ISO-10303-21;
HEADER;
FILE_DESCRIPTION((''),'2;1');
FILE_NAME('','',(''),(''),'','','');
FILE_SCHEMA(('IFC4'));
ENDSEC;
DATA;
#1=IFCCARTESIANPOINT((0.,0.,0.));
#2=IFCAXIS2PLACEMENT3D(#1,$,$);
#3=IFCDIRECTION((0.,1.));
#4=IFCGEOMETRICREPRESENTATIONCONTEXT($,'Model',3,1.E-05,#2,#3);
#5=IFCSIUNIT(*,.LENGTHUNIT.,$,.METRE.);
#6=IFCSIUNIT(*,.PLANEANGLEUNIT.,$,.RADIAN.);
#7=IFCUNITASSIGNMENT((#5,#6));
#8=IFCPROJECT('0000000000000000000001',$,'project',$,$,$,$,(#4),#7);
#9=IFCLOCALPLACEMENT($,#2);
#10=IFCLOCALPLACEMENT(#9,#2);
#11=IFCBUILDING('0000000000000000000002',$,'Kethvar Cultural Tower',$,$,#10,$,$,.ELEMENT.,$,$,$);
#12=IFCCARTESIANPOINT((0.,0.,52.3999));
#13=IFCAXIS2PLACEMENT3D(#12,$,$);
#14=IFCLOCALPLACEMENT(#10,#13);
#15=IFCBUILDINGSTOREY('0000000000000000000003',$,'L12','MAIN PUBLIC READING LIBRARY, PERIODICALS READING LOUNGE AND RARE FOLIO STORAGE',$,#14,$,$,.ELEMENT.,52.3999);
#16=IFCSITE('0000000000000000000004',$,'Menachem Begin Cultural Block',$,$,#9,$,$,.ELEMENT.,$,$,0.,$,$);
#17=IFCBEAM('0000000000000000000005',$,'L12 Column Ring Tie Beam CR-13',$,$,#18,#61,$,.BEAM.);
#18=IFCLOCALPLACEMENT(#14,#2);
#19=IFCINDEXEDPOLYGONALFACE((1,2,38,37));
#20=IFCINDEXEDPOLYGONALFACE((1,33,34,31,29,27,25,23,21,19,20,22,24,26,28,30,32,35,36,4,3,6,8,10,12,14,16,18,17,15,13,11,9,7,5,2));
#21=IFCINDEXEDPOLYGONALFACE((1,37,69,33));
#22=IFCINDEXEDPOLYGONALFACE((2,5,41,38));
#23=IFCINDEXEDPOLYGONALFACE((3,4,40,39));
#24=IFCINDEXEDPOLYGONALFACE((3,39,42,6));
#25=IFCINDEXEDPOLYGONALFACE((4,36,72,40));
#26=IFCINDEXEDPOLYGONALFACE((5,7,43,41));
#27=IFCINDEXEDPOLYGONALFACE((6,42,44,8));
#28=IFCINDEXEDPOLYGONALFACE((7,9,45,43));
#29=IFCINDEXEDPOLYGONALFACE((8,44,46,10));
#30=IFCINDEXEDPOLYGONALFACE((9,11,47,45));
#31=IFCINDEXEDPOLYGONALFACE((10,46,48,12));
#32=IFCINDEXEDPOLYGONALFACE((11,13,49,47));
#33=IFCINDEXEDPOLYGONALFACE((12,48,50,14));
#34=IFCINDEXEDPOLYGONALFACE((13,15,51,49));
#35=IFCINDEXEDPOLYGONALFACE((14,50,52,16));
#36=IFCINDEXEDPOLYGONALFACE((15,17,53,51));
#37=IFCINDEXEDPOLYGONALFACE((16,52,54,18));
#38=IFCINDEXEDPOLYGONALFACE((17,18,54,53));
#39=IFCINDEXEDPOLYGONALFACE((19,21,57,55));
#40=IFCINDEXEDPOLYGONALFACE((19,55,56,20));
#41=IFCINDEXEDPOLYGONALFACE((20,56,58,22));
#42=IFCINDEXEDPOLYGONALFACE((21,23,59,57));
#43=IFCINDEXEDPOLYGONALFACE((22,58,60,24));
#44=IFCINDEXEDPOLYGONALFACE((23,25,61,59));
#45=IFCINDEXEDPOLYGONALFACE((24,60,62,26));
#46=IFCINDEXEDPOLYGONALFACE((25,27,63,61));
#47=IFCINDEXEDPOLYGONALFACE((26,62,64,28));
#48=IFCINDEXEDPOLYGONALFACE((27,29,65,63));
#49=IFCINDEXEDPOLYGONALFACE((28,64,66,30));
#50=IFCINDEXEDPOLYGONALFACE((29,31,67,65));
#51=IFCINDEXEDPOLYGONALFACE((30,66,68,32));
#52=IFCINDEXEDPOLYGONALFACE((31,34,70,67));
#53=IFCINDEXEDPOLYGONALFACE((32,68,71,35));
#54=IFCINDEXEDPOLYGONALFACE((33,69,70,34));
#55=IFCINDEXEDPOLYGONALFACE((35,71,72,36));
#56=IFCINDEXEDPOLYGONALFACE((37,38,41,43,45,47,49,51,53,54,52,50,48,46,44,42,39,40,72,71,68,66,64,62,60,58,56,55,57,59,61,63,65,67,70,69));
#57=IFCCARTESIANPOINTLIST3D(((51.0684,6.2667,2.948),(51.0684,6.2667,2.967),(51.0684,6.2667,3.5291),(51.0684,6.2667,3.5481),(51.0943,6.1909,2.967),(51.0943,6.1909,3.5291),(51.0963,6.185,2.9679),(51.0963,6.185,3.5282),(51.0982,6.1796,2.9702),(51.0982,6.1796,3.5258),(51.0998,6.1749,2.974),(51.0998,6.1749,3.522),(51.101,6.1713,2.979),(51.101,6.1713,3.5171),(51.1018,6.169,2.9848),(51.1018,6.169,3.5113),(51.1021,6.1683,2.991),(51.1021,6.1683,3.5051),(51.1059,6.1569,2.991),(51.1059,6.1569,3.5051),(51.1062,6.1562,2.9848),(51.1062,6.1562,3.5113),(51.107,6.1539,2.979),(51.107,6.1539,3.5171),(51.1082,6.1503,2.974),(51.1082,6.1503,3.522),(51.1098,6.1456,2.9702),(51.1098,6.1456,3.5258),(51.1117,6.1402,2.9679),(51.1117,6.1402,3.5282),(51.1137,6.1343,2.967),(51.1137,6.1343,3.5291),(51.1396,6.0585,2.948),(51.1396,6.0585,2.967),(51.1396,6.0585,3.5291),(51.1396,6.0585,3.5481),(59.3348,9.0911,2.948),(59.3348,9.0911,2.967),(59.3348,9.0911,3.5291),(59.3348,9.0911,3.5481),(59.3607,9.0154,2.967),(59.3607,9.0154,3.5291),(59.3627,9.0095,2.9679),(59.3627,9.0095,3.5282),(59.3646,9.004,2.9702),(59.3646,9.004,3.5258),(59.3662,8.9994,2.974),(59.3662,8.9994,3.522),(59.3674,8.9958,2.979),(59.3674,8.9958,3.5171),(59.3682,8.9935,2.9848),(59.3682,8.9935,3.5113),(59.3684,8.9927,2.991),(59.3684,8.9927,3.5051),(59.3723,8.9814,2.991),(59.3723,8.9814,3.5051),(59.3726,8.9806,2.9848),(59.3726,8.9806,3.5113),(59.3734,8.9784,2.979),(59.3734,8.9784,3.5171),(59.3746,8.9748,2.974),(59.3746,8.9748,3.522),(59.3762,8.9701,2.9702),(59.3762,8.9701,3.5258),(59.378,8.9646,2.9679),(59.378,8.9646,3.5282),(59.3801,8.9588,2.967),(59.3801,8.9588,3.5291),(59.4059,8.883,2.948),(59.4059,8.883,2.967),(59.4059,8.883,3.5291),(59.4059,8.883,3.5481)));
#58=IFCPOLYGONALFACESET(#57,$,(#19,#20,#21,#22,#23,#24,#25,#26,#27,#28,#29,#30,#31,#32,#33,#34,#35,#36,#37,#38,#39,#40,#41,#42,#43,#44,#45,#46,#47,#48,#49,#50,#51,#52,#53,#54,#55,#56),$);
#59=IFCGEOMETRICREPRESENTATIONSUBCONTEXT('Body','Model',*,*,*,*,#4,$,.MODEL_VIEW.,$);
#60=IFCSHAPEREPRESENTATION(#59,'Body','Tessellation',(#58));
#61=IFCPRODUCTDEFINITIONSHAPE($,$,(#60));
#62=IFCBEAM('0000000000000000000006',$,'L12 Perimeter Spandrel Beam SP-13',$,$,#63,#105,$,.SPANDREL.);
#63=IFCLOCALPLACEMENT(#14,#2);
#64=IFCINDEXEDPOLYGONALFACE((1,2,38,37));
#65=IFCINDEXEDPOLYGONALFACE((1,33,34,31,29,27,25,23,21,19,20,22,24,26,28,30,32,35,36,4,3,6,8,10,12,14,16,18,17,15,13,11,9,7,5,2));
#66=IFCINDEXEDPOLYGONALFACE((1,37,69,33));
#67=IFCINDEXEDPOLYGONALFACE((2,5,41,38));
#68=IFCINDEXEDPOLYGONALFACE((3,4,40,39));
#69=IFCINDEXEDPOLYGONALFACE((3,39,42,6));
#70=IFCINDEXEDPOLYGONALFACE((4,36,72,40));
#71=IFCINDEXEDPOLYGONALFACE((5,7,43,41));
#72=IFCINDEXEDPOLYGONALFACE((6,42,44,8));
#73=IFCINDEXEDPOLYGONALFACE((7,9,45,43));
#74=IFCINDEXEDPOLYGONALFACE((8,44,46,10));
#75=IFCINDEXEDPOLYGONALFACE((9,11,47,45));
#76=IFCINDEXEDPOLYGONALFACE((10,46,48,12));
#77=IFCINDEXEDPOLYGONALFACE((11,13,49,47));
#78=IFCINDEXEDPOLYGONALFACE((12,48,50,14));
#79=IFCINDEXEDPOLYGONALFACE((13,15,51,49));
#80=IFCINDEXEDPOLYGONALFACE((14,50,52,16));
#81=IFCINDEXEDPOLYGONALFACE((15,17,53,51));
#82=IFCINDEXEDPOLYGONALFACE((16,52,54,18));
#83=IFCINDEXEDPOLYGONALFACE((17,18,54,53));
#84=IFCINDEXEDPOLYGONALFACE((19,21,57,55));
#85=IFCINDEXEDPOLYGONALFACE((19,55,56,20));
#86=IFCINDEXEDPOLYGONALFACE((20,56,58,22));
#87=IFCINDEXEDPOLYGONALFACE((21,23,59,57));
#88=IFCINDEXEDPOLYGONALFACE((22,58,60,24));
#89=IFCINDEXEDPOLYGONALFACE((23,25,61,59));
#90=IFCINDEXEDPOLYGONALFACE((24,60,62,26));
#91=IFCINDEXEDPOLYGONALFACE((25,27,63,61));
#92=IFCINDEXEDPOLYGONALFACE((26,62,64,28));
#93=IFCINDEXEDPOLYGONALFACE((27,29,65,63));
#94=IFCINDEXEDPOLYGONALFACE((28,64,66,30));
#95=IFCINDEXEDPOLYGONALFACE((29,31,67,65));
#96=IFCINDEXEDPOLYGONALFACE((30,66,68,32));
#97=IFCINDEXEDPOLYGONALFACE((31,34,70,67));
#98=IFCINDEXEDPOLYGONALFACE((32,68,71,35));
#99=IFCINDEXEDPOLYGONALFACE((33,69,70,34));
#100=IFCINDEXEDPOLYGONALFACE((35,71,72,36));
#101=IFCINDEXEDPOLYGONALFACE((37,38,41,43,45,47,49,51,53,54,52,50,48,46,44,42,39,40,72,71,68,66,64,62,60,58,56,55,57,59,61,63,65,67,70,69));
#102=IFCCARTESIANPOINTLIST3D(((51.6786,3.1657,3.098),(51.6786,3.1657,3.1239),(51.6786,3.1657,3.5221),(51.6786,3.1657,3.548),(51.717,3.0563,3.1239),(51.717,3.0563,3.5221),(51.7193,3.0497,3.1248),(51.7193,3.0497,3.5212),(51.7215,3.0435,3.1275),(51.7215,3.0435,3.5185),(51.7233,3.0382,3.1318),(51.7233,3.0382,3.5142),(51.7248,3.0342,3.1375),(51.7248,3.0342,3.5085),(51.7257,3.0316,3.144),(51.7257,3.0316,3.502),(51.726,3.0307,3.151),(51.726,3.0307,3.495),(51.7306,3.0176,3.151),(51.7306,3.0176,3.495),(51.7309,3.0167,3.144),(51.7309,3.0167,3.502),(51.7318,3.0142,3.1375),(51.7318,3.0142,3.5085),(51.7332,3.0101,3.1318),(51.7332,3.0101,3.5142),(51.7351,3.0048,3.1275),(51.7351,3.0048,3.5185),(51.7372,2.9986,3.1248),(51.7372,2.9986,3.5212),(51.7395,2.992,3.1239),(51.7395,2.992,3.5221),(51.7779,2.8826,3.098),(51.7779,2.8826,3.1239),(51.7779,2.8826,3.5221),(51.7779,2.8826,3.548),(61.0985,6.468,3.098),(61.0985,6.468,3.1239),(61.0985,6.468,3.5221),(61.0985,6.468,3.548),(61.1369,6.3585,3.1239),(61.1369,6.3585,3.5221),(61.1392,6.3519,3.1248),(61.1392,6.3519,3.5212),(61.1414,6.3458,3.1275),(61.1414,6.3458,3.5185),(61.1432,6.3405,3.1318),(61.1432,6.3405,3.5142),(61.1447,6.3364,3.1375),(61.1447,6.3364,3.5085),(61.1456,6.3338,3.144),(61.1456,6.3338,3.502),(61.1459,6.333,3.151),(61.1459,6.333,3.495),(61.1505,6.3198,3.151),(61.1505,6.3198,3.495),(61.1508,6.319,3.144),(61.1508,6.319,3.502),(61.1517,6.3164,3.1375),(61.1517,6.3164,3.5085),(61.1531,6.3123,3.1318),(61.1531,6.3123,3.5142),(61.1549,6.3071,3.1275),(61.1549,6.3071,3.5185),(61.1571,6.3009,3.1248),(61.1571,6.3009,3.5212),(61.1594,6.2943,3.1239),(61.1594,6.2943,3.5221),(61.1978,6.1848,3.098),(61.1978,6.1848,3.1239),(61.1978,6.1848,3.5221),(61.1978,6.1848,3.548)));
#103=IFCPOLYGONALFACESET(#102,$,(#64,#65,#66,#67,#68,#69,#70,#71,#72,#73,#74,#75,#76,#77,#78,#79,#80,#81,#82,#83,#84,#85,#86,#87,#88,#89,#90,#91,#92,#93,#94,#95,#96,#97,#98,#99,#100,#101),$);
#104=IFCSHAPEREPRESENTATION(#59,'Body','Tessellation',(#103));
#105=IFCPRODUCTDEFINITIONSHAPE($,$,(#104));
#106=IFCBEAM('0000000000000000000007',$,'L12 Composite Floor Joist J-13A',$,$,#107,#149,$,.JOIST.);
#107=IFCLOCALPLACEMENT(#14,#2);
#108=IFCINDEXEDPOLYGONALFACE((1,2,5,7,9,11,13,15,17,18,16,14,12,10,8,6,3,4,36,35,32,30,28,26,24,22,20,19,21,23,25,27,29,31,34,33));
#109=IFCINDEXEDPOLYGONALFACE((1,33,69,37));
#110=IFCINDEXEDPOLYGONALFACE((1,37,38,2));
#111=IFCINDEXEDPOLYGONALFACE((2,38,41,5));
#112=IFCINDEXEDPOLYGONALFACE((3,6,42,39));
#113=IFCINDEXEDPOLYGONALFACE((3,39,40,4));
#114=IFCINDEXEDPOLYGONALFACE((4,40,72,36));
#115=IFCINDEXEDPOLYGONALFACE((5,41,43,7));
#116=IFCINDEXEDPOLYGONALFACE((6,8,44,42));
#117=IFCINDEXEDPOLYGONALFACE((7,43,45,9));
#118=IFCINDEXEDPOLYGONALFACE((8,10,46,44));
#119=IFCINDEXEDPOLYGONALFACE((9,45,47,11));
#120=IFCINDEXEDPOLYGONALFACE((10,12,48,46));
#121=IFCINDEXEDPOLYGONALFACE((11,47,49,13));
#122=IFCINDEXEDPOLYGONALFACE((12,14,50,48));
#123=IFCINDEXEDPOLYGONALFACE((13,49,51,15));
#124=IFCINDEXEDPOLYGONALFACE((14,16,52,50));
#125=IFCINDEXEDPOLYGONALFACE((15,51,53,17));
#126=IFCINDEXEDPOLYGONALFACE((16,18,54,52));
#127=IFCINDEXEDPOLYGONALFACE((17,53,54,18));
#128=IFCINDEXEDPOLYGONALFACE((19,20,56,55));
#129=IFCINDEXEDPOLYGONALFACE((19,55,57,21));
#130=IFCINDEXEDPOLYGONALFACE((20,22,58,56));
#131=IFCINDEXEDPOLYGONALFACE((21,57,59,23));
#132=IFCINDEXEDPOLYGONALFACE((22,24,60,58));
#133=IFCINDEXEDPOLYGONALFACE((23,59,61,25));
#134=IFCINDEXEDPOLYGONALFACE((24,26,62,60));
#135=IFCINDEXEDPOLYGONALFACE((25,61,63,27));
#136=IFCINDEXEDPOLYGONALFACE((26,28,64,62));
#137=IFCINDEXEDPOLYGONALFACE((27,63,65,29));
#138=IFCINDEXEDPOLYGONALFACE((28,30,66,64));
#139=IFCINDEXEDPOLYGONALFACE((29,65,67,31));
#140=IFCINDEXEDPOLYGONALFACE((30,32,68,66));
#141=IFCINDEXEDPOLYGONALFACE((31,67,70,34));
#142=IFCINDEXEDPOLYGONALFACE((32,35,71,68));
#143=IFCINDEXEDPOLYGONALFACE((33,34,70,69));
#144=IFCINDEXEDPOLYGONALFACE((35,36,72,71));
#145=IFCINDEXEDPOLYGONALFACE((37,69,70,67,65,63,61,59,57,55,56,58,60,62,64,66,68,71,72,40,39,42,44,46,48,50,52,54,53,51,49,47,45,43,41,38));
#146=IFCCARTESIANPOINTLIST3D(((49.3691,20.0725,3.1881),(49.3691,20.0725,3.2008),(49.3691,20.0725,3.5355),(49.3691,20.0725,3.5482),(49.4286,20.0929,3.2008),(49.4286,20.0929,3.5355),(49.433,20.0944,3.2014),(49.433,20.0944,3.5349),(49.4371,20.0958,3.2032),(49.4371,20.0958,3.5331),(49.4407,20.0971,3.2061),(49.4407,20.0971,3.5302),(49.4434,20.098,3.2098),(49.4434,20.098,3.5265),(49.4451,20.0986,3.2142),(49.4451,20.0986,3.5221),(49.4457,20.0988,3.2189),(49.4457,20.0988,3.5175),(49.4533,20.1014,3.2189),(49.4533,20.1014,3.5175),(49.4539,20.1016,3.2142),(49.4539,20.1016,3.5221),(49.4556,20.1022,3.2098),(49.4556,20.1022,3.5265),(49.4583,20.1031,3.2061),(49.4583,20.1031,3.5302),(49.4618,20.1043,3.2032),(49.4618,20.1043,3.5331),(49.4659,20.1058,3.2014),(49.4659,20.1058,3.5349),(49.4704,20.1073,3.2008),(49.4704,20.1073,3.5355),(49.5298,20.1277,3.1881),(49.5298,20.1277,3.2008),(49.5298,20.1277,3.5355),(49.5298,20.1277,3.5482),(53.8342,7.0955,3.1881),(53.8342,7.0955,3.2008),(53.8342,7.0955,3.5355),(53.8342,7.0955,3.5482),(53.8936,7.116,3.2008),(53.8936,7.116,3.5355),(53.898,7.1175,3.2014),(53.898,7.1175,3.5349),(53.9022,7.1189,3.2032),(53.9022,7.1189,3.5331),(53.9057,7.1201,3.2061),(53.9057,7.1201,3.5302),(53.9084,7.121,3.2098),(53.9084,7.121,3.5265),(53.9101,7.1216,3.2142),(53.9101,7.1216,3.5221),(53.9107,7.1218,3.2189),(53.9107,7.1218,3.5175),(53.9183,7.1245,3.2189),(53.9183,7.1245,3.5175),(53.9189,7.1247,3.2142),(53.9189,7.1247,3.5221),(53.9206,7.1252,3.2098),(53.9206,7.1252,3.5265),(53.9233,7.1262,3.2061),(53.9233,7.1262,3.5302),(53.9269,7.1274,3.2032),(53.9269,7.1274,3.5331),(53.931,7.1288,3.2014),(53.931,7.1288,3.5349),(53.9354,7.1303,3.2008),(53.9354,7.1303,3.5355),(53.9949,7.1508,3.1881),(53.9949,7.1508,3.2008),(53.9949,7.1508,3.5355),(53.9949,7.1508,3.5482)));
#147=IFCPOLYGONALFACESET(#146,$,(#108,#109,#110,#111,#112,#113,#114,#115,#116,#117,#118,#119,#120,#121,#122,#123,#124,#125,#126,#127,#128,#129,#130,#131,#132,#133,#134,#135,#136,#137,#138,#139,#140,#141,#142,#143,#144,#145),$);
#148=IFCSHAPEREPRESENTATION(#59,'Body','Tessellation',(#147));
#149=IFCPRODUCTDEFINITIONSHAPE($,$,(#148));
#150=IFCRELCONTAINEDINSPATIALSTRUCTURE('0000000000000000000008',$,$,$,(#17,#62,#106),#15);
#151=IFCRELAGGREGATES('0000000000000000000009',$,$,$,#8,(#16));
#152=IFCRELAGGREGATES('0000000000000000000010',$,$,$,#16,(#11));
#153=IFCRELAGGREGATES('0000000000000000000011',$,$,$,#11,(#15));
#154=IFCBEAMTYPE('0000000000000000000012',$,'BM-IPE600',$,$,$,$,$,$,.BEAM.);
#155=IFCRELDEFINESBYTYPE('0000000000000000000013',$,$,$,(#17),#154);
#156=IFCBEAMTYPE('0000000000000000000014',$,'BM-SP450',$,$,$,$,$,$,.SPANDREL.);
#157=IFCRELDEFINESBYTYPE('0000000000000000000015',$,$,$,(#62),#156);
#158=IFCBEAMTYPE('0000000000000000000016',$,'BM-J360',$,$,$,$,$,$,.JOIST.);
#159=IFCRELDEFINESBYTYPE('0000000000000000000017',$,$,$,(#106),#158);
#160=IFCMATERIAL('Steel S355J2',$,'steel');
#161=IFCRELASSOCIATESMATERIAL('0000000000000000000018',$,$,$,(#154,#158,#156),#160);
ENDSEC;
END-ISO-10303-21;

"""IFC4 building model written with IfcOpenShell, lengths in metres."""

from ifc_helpers import new_model, si_unit, direction, frame, origin, origin_2d, place, context, subcontext, project, spatial, i_section, extrude, source, transform, mapped, material, material_profile, profile_set, type_object, element, save


model = new_model("IFC4")

# Units and contexts
model_context = context("Model", 3, precision=1e-05, world=origin(), true_north=direction((0.0, 1.0)))
body_context = subcontext(model_context, "Body", "Model", "MODEL_VIEW")
ifc_project = project(units=[si_unit("LENGTHUNIT", "METRE"), si_unit("PLANEANGLEUNIT", "RADIAN")], contexts=[model_context])

# Site, building, storey
site_placement = place(None, origin())
site = spatial("IfcSite", under=ifc_project, at=site_placement, Name="Menachem Begin Cultural Block", CompositionType="ELEMENT", RefElevation=0.0)
building_placement = place(site_placement, origin())
building = spatial("IfcBuilding", under=site, at=building_placement, Name="Kethvar Cultural Tower", CompositionType="ELEMENT")
storey_placement = place(building_placement, frame((0.0, 0.0, 52.3999)))
storey = spatial("IfcBuildingStorey", under=building, at=storey_placement, Name="L12", Description="MAIN PUBLIC READING LIBRARY, PERIODICALS READING LOUNGE AND RARE FOLIO STORAGE", CompositionType="ELEMENT", Elevation=52.3999)

# Beams
ifc_material_1 = material(Name="Steel S355J2", Category="steel")
ifc_material_profile_1 = material_profile(ifc_material_1, i_section(OverallWidth=0.22, OverallDepth=0.6001, WebThickness=0.012, FlangeThickness=0.019, FilletRadius=0.0239, at=origin_2d()), Name="Steel S355J2 — IPE600")
ifc_profile_set_1 = profile_set([ifc_material_profile_1], Name="Steel S355J2 — IPE600")
beam_type_1 = type_object("IfcBeamType", Name="BM-IPE600", PredefinedType="BEAM", material=ifc_profile_set_1)
ifc_material_profile_2 = material_profile(ifc_material_1, i_section(OverallWidth=0.1699, OverallDepth=0.3601, WebThickness=0.0081, FlangeThickness=0.0127, FilletRadius=0.0181, at=origin_2d()), Name="Steel S355J2 — IPE360")
ifc_profile_set_2 = profile_set([ifc_material_profile_2], Name="Steel S355J2 — IPE360")
beam_type_2 = type_object("IfcBeamType", Name="BM-J360", PredefinedType="JOIST", material=ifc_profile_set_2)
shared_shape_1 = source(origin(), body_context, "Body", "SweptSolid", [
    extrude(i_section(OverallWidth=0.22, OverallDepth=0.6001, WebThickness=0.012, FlangeThickness=0.019, FilletRadius=0.0239, at=origin_2d()), origin(), (0.0, 0.0, 1.0), 8.7356),
])
beam_1_placement = place(storey_placement, frame((51.104, 6.1626, 3.248), z_axis=(0.946287, 0.323329, 0.0), x_axis=(-0.323329, 0.946287, 0.0)))
element("IfcBeam", 1, at=beam_1_placement, inside=storey, type_object=beam_type_1, Name="L12 Column Ring Tie Beam CR-13", PredefinedType="BEAM", context=body_context, shape_type="MappedRepresentation", body=[
    mapped(shared_shape_1, transform((0.0, 0.0, 0.0), scale=1.0)),
])
ifc_material_profile_3 = material_profile(ifc_material_1, i_section(OverallWidth=0.3, OverallDepth=0.45, WebThickness=0.0139, FlangeThickness=0.0259, FilletRadius=0.0271, at=origin_2d()), Name="Steel S355J2 — HEB450")
ifc_profile_set_3 = profile_set([ifc_material_profile_3], Name="Steel S355J2 — HEB450")
beam_type_3 = type_object("IfcBeamType", Name="BM-SP450", PredefinedType="SPANDREL", material=ifc_profile_set_3)
shared_shape_2 = source(origin(), body_context, "Body", "SweptSolid", [
    extrude(i_section(OverallWidth=0.3, OverallDepth=0.45, WebThickness=0.0139, FlangeThickness=0.0259, FilletRadius=0.0271, at=origin_2d()), origin(), (0.0, 0.0, 1.0), 9.9819),
])
beam_2_placement = place(storey_placement, frame((51.7283, 3.0242, 3.323), z_axis=(0.943694, 0.330821, 0.0), x_axis=(-0.330821, 0.943694, 0.0)))
element("IfcBeam", 2, at=beam_2_placement, inside=storey, type_object=beam_type_3, Name="L12 Perimeter Spandrel Beam SP-13", PredefinedType="SPANDREL", context=body_context, shape_type="MappedRepresentation", body=[
    mapped(shared_shape_2, transform((0.0, 0.0, 0.0), scale=1.0)),
])
shared_shape_3 = source(origin(), body_context, "Body", "SweptSolid", [
    extrude(i_section(OverallWidth=0.1699, OverallDepth=0.3601, WebThickness=0.0081, FlangeThickness=0.0127, FilletRadius=0.0181, at=origin_2d()), origin(), (0.0, 0.0, 1.0), 13.7236),
])
beam_3_placement = place(storey_placement, frame((49.4495, 20.1001, 3.3682), z_axis=(0.325355, -0.945592, 0.0), x_axis=(0.945592, 0.325355, 0.0)))
element("IfcBeam", 3, at=beam_3_placement, inside=storey, type_object=beam_type_2, Name="L12 Composite Floor Joist J-13A", PredefinedType="JOIST", context=body_context, shape_type="MappedRepresentation", body=[
    mapped(shared_shape_3, transform((0.0, 0.0, 0.0), scale=1.0)),
])

save(model, "model.ifc")
